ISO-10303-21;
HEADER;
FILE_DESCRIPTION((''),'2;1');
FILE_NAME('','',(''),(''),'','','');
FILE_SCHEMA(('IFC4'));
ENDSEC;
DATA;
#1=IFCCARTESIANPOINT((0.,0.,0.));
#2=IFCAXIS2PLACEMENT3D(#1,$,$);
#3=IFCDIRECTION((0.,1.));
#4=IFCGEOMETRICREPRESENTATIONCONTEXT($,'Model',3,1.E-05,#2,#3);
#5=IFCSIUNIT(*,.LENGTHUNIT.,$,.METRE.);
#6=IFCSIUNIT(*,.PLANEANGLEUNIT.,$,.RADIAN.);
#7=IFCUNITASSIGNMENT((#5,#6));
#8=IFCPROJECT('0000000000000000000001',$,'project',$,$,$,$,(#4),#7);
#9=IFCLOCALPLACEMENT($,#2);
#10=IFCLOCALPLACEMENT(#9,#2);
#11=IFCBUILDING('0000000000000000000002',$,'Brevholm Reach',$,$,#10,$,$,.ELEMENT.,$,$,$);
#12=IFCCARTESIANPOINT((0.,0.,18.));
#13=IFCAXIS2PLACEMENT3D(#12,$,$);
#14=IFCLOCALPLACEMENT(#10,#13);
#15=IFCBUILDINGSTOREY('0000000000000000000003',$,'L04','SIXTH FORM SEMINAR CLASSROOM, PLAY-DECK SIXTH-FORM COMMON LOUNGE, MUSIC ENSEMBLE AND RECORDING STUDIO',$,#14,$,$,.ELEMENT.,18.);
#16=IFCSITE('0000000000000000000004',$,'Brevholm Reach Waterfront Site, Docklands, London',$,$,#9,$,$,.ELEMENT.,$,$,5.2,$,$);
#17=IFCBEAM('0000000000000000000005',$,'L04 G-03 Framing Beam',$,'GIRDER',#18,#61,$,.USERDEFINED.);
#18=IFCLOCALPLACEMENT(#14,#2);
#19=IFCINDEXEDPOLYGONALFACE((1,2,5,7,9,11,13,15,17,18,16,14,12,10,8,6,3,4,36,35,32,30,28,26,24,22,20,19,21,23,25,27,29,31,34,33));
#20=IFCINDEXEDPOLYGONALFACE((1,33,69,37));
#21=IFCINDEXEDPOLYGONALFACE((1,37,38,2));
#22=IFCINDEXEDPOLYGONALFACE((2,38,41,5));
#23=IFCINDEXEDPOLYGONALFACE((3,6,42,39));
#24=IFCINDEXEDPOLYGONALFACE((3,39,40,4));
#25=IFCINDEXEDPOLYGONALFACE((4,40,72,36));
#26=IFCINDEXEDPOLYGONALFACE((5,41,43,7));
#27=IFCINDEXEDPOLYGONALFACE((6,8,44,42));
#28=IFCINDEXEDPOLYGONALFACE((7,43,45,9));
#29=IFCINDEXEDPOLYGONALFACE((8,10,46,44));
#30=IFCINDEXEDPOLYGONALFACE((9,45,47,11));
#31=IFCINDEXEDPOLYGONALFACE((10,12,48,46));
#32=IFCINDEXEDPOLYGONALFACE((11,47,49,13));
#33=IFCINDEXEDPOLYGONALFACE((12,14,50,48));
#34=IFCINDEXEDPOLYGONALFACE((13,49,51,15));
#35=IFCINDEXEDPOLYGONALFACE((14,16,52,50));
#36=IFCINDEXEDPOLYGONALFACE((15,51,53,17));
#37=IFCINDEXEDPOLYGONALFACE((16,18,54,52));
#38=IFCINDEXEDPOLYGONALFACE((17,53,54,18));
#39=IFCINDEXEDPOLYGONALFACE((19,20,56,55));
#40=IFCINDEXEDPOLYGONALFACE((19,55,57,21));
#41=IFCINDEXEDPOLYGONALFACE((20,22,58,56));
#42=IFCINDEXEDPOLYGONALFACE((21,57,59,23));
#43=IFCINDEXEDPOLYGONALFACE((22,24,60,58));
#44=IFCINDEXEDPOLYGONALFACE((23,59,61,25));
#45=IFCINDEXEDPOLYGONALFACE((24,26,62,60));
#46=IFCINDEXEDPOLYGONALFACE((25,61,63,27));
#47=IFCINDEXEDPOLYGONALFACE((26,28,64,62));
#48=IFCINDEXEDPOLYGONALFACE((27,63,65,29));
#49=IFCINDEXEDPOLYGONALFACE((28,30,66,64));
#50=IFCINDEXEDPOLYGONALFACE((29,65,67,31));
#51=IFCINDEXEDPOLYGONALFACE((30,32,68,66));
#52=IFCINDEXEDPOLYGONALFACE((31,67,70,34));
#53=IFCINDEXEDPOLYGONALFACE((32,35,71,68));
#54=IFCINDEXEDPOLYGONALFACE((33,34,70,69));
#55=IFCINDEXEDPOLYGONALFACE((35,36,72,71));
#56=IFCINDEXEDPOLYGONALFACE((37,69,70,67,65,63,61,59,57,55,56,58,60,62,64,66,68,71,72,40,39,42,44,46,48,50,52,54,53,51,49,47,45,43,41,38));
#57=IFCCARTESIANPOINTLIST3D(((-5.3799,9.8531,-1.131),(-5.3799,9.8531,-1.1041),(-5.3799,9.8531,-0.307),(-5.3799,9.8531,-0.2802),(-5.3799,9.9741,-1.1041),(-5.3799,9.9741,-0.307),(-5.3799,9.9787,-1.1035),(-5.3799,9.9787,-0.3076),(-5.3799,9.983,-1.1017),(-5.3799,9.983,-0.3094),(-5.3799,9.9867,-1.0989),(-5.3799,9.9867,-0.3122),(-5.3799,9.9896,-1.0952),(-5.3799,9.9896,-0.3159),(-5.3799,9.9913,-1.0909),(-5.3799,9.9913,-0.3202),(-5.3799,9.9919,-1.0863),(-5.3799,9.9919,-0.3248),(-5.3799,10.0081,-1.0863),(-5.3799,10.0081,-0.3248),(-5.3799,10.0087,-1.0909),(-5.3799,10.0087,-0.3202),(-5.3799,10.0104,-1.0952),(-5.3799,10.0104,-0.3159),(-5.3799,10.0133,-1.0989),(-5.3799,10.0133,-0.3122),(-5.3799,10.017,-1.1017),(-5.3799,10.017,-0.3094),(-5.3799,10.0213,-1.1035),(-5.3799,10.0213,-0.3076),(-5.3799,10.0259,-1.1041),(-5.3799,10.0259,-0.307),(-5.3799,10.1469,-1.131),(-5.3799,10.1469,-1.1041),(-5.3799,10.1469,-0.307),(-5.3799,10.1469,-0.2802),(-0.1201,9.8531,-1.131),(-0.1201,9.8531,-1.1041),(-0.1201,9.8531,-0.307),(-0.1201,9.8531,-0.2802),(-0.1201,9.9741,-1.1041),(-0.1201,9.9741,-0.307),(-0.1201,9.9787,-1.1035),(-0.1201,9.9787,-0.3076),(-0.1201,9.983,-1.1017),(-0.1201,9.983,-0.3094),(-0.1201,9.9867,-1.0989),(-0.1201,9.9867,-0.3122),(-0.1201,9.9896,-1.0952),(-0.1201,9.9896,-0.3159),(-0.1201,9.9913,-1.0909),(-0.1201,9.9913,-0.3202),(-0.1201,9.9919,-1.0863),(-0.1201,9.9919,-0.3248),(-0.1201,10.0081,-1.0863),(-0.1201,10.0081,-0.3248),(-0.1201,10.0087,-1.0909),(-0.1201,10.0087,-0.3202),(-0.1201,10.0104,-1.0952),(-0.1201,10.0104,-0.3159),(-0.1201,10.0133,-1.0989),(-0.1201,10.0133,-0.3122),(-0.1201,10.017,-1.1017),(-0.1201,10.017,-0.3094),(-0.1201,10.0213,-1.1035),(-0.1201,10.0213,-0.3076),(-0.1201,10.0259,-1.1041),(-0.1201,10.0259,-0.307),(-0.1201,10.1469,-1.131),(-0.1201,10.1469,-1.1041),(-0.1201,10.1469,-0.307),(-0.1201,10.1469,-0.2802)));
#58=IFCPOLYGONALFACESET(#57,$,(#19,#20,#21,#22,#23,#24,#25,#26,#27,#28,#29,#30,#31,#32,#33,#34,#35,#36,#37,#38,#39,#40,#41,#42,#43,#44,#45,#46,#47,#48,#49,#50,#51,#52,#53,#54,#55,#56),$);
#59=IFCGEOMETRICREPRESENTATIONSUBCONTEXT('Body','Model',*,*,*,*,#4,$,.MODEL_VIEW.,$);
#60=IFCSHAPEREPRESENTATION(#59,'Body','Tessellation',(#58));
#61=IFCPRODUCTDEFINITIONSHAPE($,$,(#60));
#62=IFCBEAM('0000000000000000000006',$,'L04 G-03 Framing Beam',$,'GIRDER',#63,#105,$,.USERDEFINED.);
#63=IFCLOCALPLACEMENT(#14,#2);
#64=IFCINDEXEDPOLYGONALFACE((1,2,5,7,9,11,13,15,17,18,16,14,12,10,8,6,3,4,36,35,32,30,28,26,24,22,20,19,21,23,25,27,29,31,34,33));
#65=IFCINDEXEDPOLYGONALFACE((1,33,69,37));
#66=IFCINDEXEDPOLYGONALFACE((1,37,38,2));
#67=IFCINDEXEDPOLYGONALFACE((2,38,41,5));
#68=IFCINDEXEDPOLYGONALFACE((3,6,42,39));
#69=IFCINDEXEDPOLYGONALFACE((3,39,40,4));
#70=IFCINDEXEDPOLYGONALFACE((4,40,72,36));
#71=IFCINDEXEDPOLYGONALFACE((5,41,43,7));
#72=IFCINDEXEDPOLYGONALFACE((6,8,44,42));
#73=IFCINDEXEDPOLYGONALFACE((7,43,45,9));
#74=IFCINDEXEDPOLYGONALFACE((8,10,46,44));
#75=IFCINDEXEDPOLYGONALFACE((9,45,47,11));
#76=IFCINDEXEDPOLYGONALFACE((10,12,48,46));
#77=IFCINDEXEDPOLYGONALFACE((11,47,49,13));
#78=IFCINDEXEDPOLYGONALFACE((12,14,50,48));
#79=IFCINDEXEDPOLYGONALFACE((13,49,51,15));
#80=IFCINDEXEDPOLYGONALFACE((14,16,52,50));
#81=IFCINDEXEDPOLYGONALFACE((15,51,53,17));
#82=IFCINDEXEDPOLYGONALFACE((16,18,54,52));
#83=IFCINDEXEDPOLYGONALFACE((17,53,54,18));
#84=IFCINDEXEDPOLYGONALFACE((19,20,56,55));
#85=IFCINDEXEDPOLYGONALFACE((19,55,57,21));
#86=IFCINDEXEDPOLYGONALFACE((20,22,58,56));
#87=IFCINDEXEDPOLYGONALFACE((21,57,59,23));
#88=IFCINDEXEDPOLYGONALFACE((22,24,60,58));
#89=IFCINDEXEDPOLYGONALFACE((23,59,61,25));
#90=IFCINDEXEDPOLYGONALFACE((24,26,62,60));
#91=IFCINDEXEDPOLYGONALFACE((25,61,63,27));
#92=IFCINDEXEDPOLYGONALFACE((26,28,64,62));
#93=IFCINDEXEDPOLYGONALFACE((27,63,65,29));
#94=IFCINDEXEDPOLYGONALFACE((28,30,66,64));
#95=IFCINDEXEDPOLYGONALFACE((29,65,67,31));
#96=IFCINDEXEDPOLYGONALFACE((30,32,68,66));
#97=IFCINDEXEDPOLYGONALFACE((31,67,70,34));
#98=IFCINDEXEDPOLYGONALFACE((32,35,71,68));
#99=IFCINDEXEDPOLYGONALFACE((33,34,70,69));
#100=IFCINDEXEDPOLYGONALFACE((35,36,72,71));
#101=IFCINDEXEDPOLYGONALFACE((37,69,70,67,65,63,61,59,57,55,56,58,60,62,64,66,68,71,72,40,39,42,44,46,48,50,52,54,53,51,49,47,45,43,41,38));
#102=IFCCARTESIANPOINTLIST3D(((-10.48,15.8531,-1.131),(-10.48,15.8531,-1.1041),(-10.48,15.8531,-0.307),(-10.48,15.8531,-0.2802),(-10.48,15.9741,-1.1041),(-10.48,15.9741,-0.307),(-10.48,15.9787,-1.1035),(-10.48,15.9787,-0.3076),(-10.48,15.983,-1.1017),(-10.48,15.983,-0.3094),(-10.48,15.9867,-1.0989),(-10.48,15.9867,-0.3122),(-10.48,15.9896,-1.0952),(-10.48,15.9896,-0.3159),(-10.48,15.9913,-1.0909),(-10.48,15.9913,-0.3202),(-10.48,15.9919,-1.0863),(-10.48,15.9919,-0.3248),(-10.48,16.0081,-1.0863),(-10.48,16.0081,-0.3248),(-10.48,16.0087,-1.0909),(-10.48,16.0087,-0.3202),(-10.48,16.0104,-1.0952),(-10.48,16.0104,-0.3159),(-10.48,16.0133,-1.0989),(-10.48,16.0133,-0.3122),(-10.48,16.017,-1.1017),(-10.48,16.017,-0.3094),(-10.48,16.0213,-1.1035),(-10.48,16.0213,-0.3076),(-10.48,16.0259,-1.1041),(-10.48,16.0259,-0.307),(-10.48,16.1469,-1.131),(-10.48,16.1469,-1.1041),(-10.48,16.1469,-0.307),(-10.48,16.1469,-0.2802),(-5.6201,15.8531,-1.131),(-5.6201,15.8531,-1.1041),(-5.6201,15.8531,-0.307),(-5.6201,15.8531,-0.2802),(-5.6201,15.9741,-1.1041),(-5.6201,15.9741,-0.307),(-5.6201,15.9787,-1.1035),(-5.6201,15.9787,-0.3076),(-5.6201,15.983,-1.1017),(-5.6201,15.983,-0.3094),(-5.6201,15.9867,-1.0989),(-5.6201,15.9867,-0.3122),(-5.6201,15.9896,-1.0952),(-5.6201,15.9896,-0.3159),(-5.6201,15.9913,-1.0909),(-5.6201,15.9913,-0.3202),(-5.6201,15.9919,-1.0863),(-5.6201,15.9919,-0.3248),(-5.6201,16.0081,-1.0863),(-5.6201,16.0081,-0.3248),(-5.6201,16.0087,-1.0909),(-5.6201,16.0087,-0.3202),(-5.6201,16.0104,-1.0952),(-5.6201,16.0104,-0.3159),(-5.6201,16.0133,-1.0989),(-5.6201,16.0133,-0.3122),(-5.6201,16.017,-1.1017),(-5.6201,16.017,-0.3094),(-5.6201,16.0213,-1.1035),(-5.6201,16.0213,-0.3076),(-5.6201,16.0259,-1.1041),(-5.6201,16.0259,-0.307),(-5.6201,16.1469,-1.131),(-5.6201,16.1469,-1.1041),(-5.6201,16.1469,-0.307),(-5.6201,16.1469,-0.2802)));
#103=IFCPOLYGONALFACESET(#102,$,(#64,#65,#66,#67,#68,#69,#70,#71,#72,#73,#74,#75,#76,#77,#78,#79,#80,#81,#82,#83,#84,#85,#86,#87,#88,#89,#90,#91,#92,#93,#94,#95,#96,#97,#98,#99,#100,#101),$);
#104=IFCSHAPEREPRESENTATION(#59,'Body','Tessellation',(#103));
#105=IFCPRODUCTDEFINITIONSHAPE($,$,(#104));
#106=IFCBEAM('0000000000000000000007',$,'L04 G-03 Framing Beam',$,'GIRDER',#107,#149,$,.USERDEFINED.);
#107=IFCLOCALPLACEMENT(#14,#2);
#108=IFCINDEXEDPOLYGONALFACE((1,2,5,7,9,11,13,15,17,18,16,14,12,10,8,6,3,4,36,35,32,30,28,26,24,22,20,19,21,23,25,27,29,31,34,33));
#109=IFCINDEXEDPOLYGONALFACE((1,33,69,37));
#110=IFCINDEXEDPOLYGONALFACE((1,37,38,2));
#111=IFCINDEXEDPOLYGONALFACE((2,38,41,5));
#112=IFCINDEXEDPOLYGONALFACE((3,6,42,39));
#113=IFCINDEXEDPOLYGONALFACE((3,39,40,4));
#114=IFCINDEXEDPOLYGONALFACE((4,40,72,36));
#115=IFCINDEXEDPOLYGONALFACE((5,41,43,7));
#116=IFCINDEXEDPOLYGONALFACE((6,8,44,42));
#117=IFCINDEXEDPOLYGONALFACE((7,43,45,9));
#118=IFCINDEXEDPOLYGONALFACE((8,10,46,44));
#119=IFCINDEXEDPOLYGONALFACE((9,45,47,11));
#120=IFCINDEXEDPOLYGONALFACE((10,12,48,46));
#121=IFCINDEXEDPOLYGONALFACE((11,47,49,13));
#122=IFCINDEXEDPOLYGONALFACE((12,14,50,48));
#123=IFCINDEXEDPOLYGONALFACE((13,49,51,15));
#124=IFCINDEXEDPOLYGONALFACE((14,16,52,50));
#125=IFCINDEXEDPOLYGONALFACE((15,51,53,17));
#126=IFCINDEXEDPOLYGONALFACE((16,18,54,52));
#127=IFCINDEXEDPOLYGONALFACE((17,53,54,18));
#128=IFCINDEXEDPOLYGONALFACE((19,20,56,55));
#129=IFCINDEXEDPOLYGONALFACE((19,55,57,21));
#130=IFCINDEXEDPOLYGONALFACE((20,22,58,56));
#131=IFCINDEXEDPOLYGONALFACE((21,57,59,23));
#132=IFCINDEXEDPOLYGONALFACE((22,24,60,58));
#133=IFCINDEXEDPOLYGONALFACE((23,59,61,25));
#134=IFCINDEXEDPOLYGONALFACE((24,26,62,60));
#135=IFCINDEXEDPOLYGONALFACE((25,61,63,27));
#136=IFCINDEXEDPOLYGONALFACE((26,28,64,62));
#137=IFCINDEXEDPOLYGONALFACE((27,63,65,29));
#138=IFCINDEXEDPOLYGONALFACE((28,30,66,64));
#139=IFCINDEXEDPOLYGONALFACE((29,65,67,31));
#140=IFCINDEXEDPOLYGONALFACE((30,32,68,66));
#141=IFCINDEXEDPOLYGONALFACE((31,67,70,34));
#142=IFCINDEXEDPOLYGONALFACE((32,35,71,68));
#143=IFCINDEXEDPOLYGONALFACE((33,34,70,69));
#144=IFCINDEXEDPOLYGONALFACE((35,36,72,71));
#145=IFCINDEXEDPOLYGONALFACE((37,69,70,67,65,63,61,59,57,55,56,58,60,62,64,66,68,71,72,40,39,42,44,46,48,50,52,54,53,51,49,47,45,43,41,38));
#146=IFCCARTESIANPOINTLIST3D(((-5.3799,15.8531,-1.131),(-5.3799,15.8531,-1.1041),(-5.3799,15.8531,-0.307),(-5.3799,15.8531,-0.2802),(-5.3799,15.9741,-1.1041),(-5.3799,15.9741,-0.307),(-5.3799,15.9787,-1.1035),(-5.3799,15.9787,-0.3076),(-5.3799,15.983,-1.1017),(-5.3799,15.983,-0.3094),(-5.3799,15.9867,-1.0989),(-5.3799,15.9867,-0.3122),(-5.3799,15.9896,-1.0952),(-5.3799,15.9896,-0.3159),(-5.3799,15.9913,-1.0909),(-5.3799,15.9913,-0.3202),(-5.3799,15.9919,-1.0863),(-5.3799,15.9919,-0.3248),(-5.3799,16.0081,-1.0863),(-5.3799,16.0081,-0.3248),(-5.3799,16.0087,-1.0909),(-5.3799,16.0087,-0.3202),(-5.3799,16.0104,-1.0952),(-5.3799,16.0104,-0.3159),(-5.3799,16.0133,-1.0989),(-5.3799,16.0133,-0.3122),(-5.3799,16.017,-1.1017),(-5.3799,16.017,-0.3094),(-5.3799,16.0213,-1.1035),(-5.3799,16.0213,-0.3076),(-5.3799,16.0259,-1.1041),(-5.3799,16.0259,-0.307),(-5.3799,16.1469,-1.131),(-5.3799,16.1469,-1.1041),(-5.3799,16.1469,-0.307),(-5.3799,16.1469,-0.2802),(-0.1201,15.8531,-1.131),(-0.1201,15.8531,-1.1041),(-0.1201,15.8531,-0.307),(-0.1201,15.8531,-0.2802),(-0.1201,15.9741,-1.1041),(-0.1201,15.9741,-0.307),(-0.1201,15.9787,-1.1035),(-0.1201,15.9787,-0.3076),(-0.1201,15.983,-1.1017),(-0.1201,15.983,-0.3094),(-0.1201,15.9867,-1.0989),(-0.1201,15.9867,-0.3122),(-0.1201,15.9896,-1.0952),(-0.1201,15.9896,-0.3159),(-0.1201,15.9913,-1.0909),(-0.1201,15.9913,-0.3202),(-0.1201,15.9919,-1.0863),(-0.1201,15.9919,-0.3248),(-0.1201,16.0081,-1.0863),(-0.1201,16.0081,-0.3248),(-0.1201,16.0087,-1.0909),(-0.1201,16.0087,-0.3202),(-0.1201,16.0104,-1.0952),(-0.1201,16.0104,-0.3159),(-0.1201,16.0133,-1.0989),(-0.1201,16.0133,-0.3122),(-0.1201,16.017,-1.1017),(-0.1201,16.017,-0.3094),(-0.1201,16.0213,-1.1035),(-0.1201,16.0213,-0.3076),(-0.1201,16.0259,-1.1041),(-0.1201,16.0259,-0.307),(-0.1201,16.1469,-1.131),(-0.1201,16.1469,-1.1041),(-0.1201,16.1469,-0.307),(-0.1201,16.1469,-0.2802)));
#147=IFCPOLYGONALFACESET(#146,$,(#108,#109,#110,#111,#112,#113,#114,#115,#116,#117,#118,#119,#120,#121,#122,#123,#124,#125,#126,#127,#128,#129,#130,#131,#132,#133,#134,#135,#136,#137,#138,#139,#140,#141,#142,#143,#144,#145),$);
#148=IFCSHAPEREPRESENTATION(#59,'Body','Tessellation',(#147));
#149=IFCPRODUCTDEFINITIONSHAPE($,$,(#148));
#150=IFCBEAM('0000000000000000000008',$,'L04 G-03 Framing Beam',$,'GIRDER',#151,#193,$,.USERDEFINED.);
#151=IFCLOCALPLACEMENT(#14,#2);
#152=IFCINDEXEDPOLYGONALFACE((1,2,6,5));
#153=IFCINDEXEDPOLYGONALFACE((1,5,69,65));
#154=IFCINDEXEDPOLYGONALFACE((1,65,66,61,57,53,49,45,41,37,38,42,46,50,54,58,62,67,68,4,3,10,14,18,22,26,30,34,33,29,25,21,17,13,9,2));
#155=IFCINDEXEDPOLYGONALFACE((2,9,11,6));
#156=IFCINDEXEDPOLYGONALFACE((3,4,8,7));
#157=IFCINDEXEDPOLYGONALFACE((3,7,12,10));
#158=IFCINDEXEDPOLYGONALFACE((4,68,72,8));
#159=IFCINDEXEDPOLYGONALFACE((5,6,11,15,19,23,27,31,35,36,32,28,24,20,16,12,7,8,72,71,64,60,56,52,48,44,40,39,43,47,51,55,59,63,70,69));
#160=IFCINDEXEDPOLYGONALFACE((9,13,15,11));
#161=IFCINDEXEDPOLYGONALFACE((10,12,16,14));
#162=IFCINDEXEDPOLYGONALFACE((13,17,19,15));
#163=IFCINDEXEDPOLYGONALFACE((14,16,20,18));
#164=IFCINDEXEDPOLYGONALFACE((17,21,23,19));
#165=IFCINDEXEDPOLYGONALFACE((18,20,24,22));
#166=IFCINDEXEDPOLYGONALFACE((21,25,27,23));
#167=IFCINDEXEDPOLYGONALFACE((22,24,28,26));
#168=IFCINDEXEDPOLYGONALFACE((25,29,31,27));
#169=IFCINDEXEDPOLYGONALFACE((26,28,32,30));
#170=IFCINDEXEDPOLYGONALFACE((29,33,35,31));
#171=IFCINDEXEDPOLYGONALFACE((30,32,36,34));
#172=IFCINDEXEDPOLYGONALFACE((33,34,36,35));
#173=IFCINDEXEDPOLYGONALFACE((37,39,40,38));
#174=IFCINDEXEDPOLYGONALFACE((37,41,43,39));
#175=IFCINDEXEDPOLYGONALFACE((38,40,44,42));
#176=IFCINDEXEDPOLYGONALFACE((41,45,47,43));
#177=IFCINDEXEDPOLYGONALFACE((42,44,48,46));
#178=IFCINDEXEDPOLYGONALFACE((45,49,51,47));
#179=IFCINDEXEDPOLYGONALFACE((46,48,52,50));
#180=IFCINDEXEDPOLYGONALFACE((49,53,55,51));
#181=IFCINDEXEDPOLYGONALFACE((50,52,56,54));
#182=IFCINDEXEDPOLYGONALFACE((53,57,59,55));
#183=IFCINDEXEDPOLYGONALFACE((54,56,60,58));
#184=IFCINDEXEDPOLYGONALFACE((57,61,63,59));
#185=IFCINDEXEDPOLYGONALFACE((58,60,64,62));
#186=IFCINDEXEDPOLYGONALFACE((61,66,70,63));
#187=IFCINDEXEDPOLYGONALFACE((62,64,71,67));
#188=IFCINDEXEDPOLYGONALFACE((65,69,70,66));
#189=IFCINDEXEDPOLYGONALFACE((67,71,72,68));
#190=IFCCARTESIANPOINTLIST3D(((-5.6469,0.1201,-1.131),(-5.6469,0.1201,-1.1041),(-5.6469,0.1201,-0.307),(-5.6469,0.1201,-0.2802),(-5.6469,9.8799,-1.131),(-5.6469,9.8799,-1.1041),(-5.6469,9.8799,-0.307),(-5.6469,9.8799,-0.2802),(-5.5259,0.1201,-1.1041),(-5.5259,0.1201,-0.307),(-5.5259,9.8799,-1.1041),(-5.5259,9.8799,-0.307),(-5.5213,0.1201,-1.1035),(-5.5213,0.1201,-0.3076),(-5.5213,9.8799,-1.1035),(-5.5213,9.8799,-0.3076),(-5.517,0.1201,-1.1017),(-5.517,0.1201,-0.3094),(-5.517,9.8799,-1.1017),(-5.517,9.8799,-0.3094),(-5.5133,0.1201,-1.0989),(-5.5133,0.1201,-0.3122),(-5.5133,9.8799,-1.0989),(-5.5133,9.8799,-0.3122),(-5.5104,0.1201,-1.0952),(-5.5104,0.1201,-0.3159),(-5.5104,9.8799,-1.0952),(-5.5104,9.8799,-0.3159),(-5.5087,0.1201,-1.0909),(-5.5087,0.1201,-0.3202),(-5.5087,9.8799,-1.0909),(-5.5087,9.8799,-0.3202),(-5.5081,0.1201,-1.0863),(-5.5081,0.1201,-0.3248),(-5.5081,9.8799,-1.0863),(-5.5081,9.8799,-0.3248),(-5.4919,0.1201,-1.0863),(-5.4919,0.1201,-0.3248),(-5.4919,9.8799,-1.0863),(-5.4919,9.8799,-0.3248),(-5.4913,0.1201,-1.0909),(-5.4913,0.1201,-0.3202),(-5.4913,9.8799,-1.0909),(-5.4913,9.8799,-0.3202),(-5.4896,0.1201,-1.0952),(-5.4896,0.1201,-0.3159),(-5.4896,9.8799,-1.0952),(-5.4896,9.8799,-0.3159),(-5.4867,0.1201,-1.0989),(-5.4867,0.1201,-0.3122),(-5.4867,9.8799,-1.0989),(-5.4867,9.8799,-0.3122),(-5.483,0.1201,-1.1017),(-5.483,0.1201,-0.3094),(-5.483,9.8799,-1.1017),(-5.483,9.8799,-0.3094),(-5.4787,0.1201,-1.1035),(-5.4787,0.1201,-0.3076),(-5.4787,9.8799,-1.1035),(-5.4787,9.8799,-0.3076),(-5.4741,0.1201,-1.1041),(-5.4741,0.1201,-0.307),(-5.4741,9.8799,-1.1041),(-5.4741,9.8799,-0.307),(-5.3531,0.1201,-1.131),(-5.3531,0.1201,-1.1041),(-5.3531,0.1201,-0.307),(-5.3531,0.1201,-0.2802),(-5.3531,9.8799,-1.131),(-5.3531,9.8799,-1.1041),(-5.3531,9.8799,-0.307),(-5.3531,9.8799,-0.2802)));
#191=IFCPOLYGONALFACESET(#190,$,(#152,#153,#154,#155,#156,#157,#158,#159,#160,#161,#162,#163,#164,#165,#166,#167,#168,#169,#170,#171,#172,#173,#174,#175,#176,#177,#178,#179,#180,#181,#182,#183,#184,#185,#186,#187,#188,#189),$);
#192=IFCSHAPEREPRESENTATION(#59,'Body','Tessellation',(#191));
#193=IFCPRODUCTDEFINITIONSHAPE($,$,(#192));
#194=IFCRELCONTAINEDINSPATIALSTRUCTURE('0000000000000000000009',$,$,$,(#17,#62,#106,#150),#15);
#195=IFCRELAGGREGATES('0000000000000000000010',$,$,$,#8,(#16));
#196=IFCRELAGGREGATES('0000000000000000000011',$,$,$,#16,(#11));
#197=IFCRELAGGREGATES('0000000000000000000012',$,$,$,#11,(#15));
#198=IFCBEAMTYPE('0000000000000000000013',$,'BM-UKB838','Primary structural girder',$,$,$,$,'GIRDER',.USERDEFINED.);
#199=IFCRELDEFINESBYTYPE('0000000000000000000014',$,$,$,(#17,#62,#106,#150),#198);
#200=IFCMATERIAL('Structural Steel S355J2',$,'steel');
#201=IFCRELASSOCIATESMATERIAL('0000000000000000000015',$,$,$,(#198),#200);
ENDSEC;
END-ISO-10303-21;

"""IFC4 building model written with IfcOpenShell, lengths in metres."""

from ifc_helpers import new_model, si_unit, direction, frame, origin, origin_2d, place, context, subcontext, project, spatial, i_section, extrude, material, material_profile, profile_set, type_object, element, save


model = new_model("IFC4")

# Units and contexts
model_context = context("Model", 3, precision=1e-05, world=origin(), true_north=direction((0.0, 1.0)))
body_context = subcontext(model_context, "Body", "Model", "MODEL_VIEW")
ifc_project = project(units=[si_unit("LENGTHUNIT", "METRE"), si_unit("PLANEANGLEUNIT", "RADIAN")], contexts=[model_context])

# Site, building, storey
site_placement = place(None, origin())
site = spatial("IfcSite", under=ifc_project, at=site_placement, Name="Brevholm Reach Waterfront Site, Docklands, London", CompositionType="ELEMENT", RefElevation=5.2)
building_placement = place(site_placement, origin())
building = spatial("IfcBuilding", under=site, at=building_placement, Name="Brevholm Reach", CompositionType="ELEMENT")
storey_placement = place(building_placement, frame((0.0, 0.0, 18.0)))
storey = spatial("IfcBuildingStorey", under=building, at=storey_placement, Name="L04", Description="SIXTH FORM SEMINAR CLASSROOM, PLAY-DECK SIXTH-FORM COMMON LOUNGE, MUSIC ENSEMBLE AND RECORDING STUDIO", CompositionType="ELEMENT", Elevation=18.0)

# Beams
ifc_material_1 = material(Name="Structural Steel S355J2", Category="steel")
ifc_material_profile_1 = material_profile(ifc_material_1, i_section(OverallWidth=0.2937, OverallDepth=0.8508, WebThickness=0.0161, FlangeThickness=0.0269, FilletRadius=0.0178, at=origin_2d()), Name="UKB 838x292x226")
ifc_profile_set_1 = profile_set([ifc_material_profile_1], Name="Structural Steel S355J2")
beam_type_1 = type_object("IfcBeamType", Name="BM-UKB838", Description="Primary structural girder", ElementType="GIRDER", PredefinedType="USERDEFINED", material=ifc_profile_set_1)
beam_1_placement = place(storey_placement, frame((-5.3799, 10.0, -0.7056), z_axis=(1.0, 0.0, 0.0), x_axis=(0.0, 1.0, 0.0)))
element("IfcBeam", 1, at=beam_1_placement, inside=storey, type_object=beam_type_1, Name="L04 G-03 Framing Beam", ObjectType="GIRDER", PredefinedType="USERDEFINED", context=body_context, shape_type="SweptSolid", body=[
    extrude(i_section(OverallWidth=0.2937, OverallDepth=0.8508, WebThickness=0.0161, FlangeThickness=0.0269, FilletRadius=0.0178, at=origin_2d()), origin(), (0.0, 0.0, 1.0), 5.2598),
])
beam_2_placement = place(storey_placement, frame((-10.48, 16.0, -0.7056), z_axis=(1.0, 0.0, 0.0), x_axis=(0.0, 1.0, 0.0)))
element("IfcBeam", 2, at=beam_2_placement, inside=storey, type_object=beam_type_1, Name="L04 G-03 Framing Beam", ObjectType="GIRDER", PredefinedType="USERDEFINED", context=body_context, shape_type="SweptSolid", body=[
    extrude(i_section(OverallWidth=0.2937, OverallDepth=0.8508, WebThickness=0.0161, FlangeThickness=0.0269, FilletRadius=0.0178, at=origin_2d()), origin(), (0.0, 0.0, 1.0), 4.8599),
])
beam_3_placement = place(storey_placement, frame((-5.3799, 16.0, -0.7056), z_axis=(1.0, 0.0, 0.0), x_axis=(0.0, 1.0, 0.0)))
element("IfcBeam", 3, at=beam_3_placement, inside=storey, type_object=beam_type_1, Name="L04 G-03 Framing Beam", ObjectType="GIRDER", PredefinedType="USERDEFINED", context=body_context, shape_type="SweptSolid", body=[
    extrude(i_section(OverallWidth=0.2937, OverallDepth=0.8508, WebThickness=0.0161, FlangeThickness=0.0269, FilletRadius=0.0178, at=origin_2d()), origin(), (0.0, 0.0, 1.0), 5.2598),
])
beam_4_placement = place(storey_placement, frame((-5.5, 0.1201, -0.7056), z_axis=(0.0, 1.0, 0.0), x_axis=(-1.0, 0.0, 0.0)))
element("IfcBeam", 4, at=beam_4_placement, inside=storey, type_object=beam_type_1, Name="L04 G-03 Framing Beam", ObjectType="GIRDER", PredefinedType="USERDEFINED", context=body_context, shape_type="SweptSolid", body=[
    extrude(i_section(OverallWidth=0.2937, OverallDepth=0.8508, WebThickness=0.0161, FlangeThickness=0.0269, FilletRadius=0.0178, at=origin_2d()), origin(), (0.0, 0.0, 1.0), 9.7598),
])

save(model, "model.ifc")
